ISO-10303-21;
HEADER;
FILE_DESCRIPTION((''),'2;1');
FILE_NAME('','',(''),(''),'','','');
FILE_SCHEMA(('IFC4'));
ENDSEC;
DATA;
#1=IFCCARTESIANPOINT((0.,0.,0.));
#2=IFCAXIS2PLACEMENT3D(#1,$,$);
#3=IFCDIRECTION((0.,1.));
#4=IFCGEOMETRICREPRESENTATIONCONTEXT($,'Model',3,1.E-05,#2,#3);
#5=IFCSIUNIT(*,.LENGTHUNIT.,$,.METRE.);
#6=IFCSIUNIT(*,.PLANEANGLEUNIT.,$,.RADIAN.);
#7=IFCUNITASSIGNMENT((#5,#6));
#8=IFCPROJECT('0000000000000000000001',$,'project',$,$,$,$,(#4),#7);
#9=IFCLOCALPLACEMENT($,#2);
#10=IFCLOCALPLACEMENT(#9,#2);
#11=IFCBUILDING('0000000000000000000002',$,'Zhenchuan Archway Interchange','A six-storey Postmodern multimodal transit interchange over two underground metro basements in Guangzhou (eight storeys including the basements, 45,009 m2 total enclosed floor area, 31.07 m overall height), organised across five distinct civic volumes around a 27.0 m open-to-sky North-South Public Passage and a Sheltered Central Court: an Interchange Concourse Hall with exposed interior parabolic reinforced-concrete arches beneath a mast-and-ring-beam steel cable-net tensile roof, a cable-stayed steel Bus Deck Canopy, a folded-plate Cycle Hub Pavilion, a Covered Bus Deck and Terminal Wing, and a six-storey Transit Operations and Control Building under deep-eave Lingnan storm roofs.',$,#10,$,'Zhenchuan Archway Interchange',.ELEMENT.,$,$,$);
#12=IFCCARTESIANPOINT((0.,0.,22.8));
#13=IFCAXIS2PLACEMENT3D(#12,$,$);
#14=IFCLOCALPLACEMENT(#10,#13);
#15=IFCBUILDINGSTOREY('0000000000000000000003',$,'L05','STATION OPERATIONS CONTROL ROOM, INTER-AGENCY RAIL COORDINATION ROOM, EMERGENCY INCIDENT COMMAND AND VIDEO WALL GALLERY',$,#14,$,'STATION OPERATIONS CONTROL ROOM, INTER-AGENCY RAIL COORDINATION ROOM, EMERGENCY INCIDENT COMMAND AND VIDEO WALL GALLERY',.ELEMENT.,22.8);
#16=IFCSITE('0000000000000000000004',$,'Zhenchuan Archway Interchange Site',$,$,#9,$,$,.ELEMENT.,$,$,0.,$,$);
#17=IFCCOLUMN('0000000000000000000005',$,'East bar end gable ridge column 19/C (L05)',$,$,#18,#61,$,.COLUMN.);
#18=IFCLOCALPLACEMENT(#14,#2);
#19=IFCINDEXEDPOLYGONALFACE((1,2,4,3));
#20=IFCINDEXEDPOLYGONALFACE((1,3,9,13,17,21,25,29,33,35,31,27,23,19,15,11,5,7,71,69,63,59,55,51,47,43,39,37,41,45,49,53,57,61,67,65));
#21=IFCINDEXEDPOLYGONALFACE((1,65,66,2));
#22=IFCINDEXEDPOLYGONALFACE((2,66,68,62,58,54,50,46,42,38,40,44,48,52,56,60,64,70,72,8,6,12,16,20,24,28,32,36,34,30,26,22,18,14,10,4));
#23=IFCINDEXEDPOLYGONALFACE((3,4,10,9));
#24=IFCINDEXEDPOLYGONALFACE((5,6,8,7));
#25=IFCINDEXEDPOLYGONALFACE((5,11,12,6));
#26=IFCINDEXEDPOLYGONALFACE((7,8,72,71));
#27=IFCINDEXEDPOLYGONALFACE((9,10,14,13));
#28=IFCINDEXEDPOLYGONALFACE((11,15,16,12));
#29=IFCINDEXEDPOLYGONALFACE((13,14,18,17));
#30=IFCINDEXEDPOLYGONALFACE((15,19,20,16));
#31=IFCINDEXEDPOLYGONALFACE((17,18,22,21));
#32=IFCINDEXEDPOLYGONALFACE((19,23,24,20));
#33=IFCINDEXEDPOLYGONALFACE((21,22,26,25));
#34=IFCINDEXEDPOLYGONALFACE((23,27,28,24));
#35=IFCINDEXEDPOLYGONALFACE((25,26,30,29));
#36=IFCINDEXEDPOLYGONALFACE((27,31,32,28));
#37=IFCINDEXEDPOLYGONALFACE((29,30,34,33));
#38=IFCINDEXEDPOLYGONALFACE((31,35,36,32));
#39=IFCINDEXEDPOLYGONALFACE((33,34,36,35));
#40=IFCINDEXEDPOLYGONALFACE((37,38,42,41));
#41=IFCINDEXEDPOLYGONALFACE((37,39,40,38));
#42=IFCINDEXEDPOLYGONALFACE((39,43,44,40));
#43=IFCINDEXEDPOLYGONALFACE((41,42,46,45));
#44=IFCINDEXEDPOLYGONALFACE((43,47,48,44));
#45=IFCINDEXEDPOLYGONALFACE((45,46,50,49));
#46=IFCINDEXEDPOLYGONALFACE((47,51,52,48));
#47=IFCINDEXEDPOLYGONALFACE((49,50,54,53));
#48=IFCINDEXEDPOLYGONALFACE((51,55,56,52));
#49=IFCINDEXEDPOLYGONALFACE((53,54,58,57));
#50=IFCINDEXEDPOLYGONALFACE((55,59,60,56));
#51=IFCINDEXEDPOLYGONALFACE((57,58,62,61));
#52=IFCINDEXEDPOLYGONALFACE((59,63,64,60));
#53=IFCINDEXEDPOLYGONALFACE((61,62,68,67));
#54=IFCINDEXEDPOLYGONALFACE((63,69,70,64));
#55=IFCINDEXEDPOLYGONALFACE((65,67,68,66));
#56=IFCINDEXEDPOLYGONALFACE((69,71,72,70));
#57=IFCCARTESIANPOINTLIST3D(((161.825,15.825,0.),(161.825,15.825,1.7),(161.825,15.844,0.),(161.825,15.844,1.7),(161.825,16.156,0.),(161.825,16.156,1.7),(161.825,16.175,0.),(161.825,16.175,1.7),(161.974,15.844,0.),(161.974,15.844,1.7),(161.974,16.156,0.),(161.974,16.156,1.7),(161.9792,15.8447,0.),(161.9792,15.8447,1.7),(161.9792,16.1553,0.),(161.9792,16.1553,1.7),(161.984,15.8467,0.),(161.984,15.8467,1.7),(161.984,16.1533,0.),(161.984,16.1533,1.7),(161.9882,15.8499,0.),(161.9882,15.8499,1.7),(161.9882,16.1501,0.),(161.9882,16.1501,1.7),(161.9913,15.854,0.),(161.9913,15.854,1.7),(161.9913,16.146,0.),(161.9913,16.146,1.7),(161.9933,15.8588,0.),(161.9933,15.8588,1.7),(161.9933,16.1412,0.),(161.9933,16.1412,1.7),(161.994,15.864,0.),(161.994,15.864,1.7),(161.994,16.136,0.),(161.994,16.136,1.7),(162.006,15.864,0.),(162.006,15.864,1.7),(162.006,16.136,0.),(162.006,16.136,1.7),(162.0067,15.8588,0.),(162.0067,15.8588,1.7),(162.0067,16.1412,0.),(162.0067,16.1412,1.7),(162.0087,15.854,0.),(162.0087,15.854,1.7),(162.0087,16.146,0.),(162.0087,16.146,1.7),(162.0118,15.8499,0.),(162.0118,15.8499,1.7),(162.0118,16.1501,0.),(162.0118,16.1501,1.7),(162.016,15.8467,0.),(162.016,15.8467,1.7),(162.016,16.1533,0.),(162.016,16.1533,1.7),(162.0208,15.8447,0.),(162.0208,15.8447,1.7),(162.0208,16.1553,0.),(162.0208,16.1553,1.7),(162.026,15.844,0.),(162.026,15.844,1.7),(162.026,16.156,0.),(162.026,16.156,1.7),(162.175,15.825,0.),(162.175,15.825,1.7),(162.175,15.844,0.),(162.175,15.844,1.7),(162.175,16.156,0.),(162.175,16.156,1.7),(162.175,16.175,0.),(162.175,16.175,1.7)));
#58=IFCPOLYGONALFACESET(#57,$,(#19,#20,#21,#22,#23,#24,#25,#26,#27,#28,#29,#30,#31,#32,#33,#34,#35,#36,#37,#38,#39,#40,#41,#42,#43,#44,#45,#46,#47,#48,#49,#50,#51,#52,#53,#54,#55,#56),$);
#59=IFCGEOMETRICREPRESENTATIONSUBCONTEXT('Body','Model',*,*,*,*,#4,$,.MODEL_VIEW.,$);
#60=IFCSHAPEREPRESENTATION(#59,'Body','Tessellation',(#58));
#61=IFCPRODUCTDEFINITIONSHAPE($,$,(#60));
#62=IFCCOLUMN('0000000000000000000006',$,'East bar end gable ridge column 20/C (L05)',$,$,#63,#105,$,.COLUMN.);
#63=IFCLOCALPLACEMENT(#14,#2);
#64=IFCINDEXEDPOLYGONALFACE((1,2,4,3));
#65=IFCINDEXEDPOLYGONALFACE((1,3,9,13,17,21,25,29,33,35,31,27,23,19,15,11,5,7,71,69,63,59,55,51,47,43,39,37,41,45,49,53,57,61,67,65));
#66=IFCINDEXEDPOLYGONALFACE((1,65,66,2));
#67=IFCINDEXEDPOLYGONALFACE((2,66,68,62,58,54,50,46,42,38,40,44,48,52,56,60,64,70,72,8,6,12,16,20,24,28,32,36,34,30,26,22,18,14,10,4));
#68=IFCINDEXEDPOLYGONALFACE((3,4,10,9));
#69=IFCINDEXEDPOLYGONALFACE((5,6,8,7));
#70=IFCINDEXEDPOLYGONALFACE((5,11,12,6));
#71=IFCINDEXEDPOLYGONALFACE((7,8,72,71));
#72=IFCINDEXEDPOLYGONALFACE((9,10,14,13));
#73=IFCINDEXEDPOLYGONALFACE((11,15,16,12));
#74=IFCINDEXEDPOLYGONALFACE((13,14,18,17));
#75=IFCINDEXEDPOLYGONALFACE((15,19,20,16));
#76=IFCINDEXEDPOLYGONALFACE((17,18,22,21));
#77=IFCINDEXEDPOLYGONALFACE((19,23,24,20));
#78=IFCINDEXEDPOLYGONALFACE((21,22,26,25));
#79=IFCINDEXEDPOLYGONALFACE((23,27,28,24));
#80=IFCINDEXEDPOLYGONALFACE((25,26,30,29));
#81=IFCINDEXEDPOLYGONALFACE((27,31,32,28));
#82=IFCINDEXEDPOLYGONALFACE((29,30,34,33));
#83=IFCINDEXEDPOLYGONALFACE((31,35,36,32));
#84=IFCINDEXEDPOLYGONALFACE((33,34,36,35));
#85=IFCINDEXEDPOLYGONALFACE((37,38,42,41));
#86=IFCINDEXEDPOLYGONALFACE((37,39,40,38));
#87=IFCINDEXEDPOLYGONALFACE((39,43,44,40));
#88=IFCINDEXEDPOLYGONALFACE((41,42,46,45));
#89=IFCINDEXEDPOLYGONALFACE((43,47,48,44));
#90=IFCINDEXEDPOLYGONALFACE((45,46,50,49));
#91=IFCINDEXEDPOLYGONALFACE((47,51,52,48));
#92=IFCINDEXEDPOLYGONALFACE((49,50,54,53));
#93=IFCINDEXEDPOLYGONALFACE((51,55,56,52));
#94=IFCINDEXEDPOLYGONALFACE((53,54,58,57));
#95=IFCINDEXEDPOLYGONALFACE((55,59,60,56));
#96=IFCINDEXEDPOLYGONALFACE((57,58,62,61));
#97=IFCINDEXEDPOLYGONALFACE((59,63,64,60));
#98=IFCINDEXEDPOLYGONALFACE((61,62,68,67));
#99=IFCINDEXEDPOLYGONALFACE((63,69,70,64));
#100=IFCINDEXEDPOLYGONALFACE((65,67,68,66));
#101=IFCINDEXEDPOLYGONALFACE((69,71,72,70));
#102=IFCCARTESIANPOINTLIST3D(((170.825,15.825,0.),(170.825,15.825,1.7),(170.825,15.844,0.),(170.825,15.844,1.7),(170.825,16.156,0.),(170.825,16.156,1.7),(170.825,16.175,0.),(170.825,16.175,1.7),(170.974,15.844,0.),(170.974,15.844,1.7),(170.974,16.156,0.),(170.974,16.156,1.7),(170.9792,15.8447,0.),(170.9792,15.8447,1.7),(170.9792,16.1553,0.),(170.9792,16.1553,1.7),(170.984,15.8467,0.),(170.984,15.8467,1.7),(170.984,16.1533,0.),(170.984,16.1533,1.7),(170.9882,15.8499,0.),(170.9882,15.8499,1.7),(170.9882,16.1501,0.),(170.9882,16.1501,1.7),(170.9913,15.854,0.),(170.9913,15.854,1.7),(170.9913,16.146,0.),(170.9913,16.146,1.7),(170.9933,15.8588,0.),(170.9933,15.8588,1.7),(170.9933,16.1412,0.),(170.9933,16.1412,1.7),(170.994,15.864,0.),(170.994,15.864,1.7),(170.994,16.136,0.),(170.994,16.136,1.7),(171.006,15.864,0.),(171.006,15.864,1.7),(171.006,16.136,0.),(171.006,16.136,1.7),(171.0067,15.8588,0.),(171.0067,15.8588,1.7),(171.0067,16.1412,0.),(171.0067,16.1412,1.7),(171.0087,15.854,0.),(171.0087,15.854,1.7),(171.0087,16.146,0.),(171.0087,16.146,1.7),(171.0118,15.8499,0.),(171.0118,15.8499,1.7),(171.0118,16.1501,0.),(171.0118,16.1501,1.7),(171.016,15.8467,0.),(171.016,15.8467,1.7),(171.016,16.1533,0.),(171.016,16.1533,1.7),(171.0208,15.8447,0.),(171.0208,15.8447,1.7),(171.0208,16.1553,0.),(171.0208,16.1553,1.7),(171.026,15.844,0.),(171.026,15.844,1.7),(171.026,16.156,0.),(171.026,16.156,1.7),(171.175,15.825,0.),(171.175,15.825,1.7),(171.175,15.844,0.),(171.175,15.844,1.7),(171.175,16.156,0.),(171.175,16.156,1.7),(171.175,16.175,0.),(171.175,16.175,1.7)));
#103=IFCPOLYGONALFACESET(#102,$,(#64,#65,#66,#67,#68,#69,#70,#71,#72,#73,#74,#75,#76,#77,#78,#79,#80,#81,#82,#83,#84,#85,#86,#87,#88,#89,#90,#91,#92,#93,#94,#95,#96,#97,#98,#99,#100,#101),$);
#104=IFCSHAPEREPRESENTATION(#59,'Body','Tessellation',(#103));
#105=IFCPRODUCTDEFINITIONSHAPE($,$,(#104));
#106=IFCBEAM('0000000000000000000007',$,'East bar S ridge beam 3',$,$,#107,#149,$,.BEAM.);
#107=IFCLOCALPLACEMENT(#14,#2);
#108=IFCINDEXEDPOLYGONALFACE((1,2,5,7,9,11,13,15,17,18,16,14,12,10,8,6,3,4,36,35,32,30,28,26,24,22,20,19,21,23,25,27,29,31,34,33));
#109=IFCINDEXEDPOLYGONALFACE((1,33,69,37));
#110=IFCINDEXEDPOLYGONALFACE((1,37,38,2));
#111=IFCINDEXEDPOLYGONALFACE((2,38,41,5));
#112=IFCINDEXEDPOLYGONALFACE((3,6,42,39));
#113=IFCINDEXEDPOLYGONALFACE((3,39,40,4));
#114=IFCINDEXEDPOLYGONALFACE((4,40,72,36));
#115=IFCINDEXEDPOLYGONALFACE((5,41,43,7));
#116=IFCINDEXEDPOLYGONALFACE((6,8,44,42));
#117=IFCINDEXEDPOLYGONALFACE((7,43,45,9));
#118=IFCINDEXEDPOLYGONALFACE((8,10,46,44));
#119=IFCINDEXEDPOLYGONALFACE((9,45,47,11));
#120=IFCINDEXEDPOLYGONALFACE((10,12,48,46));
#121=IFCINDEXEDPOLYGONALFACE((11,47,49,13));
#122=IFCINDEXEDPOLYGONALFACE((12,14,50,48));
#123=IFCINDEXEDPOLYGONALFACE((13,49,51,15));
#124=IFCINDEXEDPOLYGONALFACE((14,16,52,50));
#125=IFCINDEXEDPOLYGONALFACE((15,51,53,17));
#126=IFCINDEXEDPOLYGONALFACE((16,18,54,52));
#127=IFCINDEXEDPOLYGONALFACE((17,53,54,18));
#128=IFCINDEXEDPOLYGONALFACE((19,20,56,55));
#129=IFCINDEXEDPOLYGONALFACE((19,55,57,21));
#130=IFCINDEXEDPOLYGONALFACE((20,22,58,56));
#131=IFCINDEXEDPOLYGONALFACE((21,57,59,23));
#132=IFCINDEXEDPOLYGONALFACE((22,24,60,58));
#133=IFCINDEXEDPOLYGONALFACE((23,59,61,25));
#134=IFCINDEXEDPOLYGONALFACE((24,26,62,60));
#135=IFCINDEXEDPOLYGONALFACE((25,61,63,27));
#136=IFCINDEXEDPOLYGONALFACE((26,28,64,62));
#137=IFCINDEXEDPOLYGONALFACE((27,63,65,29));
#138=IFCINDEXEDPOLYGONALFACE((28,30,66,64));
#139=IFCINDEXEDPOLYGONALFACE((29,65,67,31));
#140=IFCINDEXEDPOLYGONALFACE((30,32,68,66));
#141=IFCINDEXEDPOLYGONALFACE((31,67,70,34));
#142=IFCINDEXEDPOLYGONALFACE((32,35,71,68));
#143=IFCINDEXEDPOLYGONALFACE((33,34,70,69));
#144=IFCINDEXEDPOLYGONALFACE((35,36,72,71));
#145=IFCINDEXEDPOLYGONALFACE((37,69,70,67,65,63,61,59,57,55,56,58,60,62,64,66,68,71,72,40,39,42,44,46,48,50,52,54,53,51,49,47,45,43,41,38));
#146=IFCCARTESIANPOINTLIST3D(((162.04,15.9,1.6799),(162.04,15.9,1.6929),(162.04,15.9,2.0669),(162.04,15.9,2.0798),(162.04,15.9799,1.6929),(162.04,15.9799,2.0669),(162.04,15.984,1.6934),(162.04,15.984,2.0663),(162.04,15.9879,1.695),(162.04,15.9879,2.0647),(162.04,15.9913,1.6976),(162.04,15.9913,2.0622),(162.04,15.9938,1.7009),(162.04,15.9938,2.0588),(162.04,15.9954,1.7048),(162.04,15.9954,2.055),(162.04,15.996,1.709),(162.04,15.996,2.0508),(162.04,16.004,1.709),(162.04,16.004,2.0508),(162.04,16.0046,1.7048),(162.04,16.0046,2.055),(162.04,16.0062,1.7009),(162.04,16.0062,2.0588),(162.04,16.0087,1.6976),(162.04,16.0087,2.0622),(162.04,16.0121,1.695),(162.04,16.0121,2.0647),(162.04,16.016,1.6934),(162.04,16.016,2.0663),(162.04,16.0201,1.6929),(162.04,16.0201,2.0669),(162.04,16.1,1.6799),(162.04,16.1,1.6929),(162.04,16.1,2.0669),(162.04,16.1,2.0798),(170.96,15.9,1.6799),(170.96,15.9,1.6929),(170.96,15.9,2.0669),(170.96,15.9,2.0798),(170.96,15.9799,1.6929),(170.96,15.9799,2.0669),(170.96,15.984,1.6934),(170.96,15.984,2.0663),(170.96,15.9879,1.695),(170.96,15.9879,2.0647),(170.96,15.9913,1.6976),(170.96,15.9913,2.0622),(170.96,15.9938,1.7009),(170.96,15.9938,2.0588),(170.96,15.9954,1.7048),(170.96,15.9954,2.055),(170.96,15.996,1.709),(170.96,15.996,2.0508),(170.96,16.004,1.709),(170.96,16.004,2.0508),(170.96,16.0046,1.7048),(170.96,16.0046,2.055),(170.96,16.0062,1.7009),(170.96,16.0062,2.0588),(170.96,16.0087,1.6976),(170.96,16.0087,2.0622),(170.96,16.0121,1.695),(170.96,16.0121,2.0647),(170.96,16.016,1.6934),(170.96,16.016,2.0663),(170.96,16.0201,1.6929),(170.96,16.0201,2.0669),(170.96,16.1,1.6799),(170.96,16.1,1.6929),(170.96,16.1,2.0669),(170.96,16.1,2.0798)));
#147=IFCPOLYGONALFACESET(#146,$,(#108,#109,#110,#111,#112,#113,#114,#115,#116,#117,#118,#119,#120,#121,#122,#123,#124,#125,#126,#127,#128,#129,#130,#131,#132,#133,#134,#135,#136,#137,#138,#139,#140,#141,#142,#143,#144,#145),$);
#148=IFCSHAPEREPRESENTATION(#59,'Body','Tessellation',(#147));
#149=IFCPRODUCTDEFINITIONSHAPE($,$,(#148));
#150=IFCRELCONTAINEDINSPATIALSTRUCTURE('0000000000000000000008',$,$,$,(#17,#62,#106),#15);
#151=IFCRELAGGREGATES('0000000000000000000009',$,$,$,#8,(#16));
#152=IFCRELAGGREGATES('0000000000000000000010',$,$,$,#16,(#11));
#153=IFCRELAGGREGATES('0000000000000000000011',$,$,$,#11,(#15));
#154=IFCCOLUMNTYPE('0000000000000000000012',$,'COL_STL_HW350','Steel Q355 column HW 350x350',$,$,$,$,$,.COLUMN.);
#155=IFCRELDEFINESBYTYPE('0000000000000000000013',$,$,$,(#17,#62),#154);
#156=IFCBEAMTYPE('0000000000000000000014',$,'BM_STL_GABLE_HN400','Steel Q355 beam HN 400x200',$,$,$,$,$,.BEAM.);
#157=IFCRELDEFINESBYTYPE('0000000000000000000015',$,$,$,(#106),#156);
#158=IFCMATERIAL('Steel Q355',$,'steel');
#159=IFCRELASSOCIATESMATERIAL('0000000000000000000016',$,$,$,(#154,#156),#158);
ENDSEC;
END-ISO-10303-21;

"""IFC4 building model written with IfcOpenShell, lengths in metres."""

from ifc_helpers import new_model, si_unit, direction, frame, origin, origin_2d, place, context, subcontext, project, spatial, i_section, extrude, material, material_profile, profile_set, type_object, element, save


model = new_model("IFC4")

# Units and contexts
model_context = context("Model", 3, precision=1e-05, world=origin(), true_north=direction((0.0, 1.0)))
body_context = subcontext(model_context, "Body", "Model", "MODEL_VIEW")
ifc_project = project(units=[si_unit("LENGTHUNIT", "METRE"), si_unit("PLANEANGLEUNIT", "RADIAN")], contexts=[model_context])

# Site, building, storey
site_placement = place(None, origin())
site = spatial("IfcSite", under=ifc_project, at=site_placement, Name="Zhenchuan Archway Interchange Site", CompositionType="ELEMENT", RefElevation=0.0)
building_placement = place(site_placement, origin())
building = spatial("IfcBuilding", under=site, at=building_placement, Name="Zhenchuan Archway Interchange", Description="A six-storey Postmodern multimodal transit interchange over two underground metro basements in Guangzhou (eight storeys including the basements, 45,009 m2 total enclosed floor area, 31.07 m overall height), organised across five distinct civic volumes around a 27.0 m open-to-sky North-South Public Passage and a Sheltered Central Court: an Interchange Concourse Hall with exposed interior parabolic reinforced-concrete arches beneath a mast-and-ring-beam steel cable-net tensile roof, a cable-stayed steel Bus Deck Canopy, a folded-plate Cycle Hub Pavilion, a Covered Bus Deck and Terminal Wing, and a six-storey Transit Operations and Control Building under deep-eave Lingnan storm roofs.", LongName="Zhenchuan Archway Interchange", CompositionType="ELEMENT")
storey_placement = place(building_placement, frame((0.0, 0.0, 22.8)))
storey = spatial("IfcBuildingStorey", under=building, at=storey_placement, Name="L05", Description="STATION OPERATIONS CONTROL ROOM, INTER-AGENCY RAIL COORDINATION ROOM, EMERGENCY INCIDENT COMMAND AND VIDEO WALL GALLERY", LongName="STATION OPERATIONS CONTROL ROOM, INTER-AGENCY RAIL COORDINATION ROOM, EMERGENCY INCIDENT COMMAND AND VIDEO WALL GALLERY", CompositionType="ELEMENT", Elevation=22.8)

# Columns
ifc_material_1 = material(Name="Steel Q355", Category="steel")
ifc_material_profile_1 = material_profile(ifc_material_1, i_section(OverallWidth=0.3501, OverallDepth=0.3501, WebThickness=0.012, FlangeThickness=0.019, FilletRadius=0.02, at=origin_2d()), Name="HW 350x350")
ifc_profile_set_1 = profile_set([ifc_material_profile_1], Name="Steel Q355")
column_type = type_object("IfcColumnType", Name="COL_STL_HW350", Description="Steel Q355 column HW 350x350", PredefinedType="COLUMN", material=ifc_profile_set_1)
for number, where, z_axis, x_axis, name in (
    (1, (162.0, 16.0, 0.0), (0.0, 0.0, 1.0), (1.0, 0.0, 0.0), "East bar end gable ridge column 19/C (L05)"),
    (2, (171.0, 16.0, 0.0), (0.0, 0.0, 1.0), (1.0, 0.0, 0.0), "East bar end gable ridge column 20/C (L05)"),
):
    element("IfcColumn", number, at=place(storey_placement, frame(where, z_axis=z_axis, x_axis=x_axis)), inside=storey, type_object=column_type, Name=name, PredefinedType="COLUMN", context=body_context, shape_type="SweptSolid", body=[
        extrude(i_section(OverallWidth=0.3501, OverallDepth=0.3501, WebThickness=0.012, FlangeThickness=0.019, FilletRadius=0.02, at=origin_2d()), origin(), (0.0, 0.0, 1.0), 1.7),
    ])

# Beam
ifc_material_profile_2 = material_profile(ifc_material_1, i_section(OverallWidth=0.2, OverallDepth=0.3999, WebThickness=0.0081, FlangeThickness=0.0129, FilletRadius=0.0161, at=origin_2d()), Name="HN 400x200")
ifc_profile_set_2 = profile_set([ifc_material_profile_2], Name="Steel Q355")
beam_type = type_object("IfcBeamType", Name="BM_STL_GABLE_HN400", Description="Steel Q355 beam HN 400x200", PredefinedType="BEAM", material=ifc_profile_set_2)
beam_placement = place(storey_placement, frame((162.04, 16.0, 1.8799), z_axis=(1.0, 0.0, 0.0), x_axis=(0.0, 1.0, 0.0)))
element("IfcBeam", 3, at=beam_placement, inside=storey, type_object=beam_type, Name="East bar S ridge beam 3", PredefinedType="BEAM", context=body_context, shape_type="SweptSolid", body=[
    extrude(i_section(OverallWidth=0.2, OverallDepth=0.3999, WebThickness=0.0081, FlangeThickness=0.0129, FilletRadius=0.0161, at=origin_2d()), origin(), (0.0, 0.0, 1.0), 8.9199),
])

save(model, "model.ifc")
